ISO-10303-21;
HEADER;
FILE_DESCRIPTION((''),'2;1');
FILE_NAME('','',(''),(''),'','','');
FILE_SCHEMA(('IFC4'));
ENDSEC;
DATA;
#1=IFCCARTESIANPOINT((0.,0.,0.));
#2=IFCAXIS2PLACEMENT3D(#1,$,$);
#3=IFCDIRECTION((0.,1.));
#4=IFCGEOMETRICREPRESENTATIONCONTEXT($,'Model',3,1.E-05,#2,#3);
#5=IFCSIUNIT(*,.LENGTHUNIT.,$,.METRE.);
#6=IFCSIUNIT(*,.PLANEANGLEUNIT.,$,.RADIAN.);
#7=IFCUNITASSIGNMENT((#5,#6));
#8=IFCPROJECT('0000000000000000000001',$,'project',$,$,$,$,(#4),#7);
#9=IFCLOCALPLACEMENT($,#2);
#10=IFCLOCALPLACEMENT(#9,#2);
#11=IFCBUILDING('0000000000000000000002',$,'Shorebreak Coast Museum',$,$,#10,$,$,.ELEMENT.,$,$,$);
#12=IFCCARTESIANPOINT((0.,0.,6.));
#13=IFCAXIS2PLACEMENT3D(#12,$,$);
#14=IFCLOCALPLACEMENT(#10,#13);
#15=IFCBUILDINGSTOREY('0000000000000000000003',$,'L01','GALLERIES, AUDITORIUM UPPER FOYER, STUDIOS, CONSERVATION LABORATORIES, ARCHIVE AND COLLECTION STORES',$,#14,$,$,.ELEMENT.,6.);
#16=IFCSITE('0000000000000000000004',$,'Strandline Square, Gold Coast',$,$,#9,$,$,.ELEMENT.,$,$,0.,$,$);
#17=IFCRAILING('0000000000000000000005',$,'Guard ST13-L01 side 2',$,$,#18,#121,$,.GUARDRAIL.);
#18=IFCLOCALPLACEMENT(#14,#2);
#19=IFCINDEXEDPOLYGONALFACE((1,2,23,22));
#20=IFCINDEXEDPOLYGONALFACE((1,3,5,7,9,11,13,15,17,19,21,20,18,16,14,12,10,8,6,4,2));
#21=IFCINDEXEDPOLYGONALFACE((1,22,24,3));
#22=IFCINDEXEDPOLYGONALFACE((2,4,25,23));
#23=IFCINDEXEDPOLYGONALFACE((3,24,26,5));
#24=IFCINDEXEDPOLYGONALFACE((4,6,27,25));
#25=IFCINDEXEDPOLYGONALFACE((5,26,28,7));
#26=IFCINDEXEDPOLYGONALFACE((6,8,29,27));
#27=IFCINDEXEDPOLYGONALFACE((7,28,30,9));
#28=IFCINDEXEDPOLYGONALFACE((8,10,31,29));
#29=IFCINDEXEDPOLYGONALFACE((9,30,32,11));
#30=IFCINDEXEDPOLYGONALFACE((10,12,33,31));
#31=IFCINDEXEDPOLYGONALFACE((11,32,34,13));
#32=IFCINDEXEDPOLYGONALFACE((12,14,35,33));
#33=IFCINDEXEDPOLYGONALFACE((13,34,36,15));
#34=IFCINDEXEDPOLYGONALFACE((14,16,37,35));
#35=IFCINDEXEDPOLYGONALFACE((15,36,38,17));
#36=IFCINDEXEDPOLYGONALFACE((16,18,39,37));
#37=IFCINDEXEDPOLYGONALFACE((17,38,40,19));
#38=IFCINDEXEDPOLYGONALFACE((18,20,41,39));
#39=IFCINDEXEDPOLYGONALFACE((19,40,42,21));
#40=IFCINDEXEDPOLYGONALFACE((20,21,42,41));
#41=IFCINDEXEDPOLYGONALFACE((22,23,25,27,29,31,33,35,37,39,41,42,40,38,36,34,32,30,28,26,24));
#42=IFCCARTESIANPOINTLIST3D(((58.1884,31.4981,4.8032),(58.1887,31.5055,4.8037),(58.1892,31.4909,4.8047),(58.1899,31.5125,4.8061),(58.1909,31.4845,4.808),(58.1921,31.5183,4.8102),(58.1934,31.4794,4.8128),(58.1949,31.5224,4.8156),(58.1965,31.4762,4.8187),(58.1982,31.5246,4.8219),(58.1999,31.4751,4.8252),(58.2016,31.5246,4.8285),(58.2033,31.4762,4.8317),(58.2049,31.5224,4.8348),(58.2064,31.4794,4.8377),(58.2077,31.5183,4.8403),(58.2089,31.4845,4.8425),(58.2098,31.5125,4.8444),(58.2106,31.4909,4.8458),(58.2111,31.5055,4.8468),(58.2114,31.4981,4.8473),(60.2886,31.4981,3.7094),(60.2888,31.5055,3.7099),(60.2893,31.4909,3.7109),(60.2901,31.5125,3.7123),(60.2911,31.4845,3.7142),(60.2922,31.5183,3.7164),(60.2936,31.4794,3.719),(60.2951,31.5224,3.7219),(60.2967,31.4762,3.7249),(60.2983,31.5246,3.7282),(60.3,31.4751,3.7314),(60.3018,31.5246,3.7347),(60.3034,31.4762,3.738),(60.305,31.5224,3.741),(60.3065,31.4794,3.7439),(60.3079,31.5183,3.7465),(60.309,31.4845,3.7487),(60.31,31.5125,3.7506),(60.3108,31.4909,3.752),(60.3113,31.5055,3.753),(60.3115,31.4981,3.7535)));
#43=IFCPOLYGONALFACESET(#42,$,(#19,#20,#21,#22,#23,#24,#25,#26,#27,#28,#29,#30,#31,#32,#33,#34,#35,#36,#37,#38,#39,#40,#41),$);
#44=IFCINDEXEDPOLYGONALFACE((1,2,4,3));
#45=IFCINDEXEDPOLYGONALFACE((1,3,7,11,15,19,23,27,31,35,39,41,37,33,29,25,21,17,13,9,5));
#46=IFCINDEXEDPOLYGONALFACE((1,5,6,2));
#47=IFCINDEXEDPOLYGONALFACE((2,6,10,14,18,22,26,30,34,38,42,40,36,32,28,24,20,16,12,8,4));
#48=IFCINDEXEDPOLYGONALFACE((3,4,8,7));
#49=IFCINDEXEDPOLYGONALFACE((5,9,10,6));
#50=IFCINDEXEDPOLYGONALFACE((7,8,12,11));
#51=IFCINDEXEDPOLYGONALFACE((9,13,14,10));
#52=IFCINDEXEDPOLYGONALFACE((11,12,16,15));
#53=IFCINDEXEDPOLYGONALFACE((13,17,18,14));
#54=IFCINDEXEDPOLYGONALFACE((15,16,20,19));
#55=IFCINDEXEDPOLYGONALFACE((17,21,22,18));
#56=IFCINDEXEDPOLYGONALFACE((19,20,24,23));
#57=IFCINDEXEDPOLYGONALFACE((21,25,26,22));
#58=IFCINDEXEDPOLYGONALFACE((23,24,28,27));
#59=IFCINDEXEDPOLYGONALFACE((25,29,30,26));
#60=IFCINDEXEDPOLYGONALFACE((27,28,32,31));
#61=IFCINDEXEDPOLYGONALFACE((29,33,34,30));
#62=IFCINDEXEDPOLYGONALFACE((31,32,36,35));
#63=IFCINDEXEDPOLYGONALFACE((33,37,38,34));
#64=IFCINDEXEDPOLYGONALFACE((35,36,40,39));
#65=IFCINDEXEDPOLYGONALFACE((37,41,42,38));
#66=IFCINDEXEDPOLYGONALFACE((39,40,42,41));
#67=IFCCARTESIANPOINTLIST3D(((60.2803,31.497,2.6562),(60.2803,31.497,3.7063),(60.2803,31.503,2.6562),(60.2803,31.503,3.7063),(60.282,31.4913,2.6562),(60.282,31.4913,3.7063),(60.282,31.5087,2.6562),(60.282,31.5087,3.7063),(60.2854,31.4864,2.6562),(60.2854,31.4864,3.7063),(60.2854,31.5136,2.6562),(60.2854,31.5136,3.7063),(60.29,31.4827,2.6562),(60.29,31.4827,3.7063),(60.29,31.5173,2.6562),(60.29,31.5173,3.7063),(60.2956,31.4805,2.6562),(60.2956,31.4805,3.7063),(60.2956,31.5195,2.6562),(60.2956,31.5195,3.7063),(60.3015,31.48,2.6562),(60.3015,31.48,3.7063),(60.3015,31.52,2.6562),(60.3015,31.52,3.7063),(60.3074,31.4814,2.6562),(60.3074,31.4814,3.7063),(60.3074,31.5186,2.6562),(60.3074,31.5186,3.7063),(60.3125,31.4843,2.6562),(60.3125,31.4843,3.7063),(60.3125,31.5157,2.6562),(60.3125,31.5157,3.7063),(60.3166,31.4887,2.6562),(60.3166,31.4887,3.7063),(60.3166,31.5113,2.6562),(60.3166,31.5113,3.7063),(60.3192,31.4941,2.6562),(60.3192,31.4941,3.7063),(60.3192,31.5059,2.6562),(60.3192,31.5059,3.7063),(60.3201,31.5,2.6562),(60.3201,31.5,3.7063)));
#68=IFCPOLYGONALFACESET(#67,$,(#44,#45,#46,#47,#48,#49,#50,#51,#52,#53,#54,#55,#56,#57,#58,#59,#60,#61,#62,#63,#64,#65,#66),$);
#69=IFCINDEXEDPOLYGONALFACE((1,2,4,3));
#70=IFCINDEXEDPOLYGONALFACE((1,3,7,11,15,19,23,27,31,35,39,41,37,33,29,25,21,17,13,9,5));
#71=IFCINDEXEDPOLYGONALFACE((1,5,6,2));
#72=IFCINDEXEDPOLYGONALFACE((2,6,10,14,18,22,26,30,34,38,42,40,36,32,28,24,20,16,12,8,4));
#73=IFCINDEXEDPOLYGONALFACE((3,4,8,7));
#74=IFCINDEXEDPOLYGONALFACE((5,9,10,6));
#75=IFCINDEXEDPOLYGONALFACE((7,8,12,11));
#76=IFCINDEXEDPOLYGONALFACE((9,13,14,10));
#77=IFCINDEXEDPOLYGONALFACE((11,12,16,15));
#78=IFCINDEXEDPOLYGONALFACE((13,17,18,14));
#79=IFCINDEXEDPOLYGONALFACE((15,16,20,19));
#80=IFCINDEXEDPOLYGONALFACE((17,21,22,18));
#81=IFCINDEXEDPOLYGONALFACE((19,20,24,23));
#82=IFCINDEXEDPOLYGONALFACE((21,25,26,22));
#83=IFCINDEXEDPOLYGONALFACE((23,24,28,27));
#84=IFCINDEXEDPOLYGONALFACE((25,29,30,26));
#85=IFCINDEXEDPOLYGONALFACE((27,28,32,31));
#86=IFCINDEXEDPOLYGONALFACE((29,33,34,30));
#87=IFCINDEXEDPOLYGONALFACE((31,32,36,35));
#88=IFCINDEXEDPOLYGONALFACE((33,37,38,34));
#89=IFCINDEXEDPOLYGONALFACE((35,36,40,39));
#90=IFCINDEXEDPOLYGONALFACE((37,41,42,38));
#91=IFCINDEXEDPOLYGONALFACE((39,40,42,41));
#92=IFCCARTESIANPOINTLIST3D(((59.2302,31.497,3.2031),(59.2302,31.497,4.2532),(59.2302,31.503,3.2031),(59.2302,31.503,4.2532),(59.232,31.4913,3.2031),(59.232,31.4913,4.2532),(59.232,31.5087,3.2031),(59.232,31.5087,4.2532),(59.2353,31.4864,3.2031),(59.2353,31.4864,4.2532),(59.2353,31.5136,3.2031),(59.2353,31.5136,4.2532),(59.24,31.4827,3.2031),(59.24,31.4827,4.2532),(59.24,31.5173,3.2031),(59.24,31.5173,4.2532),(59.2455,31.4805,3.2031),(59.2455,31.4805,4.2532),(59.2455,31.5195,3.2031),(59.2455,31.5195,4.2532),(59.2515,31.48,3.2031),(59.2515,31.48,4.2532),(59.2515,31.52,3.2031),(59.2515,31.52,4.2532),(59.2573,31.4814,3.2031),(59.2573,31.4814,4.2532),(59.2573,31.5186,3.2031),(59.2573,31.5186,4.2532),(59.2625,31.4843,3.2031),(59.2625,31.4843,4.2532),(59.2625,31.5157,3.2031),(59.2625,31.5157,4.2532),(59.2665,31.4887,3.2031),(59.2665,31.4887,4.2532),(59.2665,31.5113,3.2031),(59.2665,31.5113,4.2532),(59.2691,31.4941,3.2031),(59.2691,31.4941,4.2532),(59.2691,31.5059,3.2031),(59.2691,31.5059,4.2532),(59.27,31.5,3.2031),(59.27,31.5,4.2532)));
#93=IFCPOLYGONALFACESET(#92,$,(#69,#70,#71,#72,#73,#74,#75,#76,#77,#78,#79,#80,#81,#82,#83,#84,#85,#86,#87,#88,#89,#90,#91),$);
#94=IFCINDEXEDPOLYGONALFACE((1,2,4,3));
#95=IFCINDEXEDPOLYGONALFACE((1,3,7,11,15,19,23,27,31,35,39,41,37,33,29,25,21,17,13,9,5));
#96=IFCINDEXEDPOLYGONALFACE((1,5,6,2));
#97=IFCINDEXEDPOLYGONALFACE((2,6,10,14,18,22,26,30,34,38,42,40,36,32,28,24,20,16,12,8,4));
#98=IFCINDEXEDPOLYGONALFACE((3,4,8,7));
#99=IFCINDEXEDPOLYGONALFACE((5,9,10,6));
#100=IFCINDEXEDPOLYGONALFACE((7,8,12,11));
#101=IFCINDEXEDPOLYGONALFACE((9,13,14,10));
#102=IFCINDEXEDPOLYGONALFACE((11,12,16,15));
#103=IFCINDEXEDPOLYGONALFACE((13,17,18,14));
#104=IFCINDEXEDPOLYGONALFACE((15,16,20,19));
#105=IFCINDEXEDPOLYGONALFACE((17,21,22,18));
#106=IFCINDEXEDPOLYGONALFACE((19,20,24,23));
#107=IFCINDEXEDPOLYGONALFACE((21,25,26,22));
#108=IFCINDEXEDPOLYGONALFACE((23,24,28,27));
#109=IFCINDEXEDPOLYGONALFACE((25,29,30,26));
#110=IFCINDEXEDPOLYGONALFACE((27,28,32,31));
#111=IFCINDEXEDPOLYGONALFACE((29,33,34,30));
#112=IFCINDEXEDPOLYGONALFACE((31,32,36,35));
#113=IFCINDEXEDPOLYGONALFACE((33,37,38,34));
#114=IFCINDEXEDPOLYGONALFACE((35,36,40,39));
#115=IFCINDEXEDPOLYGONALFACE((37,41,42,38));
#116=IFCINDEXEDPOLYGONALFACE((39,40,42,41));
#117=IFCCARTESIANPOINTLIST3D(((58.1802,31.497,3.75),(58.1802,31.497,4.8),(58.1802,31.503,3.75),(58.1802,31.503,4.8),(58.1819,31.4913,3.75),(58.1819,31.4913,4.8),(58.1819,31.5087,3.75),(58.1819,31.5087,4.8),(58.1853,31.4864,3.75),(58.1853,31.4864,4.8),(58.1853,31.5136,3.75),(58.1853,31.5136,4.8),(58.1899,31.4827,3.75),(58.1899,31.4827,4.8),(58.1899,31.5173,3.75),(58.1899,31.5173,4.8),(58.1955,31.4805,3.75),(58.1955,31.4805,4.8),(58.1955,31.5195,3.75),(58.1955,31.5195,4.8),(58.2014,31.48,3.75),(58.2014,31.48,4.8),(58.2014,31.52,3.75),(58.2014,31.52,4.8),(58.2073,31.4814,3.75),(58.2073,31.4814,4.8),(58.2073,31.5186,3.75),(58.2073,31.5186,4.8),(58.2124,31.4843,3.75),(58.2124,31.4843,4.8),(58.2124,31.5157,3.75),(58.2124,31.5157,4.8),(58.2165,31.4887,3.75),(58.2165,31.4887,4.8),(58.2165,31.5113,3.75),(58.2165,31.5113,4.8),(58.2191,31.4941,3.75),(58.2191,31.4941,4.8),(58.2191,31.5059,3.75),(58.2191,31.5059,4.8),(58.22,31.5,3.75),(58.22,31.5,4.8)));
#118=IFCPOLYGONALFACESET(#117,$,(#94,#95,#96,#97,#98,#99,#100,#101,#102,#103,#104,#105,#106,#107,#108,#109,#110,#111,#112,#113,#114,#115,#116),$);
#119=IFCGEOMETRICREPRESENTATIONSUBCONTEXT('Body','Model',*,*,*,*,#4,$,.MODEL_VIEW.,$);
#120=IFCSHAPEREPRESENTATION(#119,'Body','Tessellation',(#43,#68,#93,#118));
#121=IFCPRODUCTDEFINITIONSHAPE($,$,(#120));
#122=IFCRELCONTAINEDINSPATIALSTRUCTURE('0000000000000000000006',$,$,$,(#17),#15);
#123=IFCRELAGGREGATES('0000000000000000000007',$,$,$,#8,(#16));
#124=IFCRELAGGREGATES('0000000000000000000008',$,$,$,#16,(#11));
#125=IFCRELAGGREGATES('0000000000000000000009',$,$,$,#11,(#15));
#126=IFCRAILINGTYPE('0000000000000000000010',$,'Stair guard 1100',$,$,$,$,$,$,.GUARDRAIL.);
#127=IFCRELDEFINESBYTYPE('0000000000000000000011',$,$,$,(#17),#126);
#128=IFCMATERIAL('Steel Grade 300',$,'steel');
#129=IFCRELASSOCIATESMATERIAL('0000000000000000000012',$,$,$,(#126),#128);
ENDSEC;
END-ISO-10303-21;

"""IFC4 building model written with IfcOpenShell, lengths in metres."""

from ifc_helpers import new_model, si_unit, direction, frame, origin, origin_2d, place, context, subcontext, project, spatial, circle, extrude, material, type_object, element, save


model = new_model("IFC4")

# Units and contexts
model_context = context("Model", 3, precision=1e-05, world=origin(), true_north=direction((0.0, 1.0)))
body_context = subcontext(model_context, "Body", "Model", "MODEL_VIEW")
ifc_project = project(units=[si_unit("LENGTHUNIT", "METRE"), si_unit("PLANEANGLEUNIT", "RADIAN")], contexts=[model_context])

# Site, building, storey
site_placement = place(None, origin())
site = spatial("IfcSite", under=ifc_project, at=site_placement, Name="Strandline Square, Gold Coast", CompositionType="ELEMENT", RefElevation=0.0)
building_placement = place(site_placement, origin())
building = spatial("IfcBuilding", under=site, at=building_placement, Name="Shorebreak Coast Museum", CompositionType="ELEMENT")
storey_placement = place(building_placement, frame((0.0, 0.0, 6.0)))
storey = spatial("IfcBuildingStorey", under=building, at=storey_placement, Name="L01", Description="GALLERIES, AUDITORIUM UPPER FOYER, STUDIOS, CONSERVATION LABORATORIES, ARCHIVE AND COLLECTION STORES", CompositionType="ELEMENT", Elevation=6.0)

# Railing
ifc_material_1 = material(Name="Steel Grade 300", Category="steel")
railing_type_1 = type_object("IfcRailingType", Name="Stair guard 1100", PredefinedType="GUARDRAIL", material=ifc_material_1)
railing_1_placement = place(storey_placement, frame((60.3, 31.5, 2.6562)))
element("IfcRailing", 1, at=railing_1_placement, inside=storey, type_object=railing_type_1, Name="Guard ST13-L01 side 2", PredefinedType="GUARDRAIL", context=body_context, shape_type="SweptSolid", body=[
    extrude(circle(Radius=0.0249, at=origin_2d()), frame((0.0, 0.0, 1.0752), z_axis=(-0.886923, 0.0, 0.461918), x_axis=(0.0, -1.0, 0.0)), (0.0, 0.0, 1.0), 2.3679),
    extrude(circle(Radius=0.02, at=origin_2d()), origin(), (0.0, 0.0, 1.0), 1.05),
    extrude(circle(Radius=0.02, at=origin_2d()), frame((-1.05, 0.0, 0.5469)), (0.0, 0.0, 1.0), 1.05),
    extrude(circle(Radius=0.02, at=origin_2d()), frame((-2.1001, 0.0, 1.0938)), (0.0, 0.0, 1.0), 1.05),
])

save(model, "model.ifc")
